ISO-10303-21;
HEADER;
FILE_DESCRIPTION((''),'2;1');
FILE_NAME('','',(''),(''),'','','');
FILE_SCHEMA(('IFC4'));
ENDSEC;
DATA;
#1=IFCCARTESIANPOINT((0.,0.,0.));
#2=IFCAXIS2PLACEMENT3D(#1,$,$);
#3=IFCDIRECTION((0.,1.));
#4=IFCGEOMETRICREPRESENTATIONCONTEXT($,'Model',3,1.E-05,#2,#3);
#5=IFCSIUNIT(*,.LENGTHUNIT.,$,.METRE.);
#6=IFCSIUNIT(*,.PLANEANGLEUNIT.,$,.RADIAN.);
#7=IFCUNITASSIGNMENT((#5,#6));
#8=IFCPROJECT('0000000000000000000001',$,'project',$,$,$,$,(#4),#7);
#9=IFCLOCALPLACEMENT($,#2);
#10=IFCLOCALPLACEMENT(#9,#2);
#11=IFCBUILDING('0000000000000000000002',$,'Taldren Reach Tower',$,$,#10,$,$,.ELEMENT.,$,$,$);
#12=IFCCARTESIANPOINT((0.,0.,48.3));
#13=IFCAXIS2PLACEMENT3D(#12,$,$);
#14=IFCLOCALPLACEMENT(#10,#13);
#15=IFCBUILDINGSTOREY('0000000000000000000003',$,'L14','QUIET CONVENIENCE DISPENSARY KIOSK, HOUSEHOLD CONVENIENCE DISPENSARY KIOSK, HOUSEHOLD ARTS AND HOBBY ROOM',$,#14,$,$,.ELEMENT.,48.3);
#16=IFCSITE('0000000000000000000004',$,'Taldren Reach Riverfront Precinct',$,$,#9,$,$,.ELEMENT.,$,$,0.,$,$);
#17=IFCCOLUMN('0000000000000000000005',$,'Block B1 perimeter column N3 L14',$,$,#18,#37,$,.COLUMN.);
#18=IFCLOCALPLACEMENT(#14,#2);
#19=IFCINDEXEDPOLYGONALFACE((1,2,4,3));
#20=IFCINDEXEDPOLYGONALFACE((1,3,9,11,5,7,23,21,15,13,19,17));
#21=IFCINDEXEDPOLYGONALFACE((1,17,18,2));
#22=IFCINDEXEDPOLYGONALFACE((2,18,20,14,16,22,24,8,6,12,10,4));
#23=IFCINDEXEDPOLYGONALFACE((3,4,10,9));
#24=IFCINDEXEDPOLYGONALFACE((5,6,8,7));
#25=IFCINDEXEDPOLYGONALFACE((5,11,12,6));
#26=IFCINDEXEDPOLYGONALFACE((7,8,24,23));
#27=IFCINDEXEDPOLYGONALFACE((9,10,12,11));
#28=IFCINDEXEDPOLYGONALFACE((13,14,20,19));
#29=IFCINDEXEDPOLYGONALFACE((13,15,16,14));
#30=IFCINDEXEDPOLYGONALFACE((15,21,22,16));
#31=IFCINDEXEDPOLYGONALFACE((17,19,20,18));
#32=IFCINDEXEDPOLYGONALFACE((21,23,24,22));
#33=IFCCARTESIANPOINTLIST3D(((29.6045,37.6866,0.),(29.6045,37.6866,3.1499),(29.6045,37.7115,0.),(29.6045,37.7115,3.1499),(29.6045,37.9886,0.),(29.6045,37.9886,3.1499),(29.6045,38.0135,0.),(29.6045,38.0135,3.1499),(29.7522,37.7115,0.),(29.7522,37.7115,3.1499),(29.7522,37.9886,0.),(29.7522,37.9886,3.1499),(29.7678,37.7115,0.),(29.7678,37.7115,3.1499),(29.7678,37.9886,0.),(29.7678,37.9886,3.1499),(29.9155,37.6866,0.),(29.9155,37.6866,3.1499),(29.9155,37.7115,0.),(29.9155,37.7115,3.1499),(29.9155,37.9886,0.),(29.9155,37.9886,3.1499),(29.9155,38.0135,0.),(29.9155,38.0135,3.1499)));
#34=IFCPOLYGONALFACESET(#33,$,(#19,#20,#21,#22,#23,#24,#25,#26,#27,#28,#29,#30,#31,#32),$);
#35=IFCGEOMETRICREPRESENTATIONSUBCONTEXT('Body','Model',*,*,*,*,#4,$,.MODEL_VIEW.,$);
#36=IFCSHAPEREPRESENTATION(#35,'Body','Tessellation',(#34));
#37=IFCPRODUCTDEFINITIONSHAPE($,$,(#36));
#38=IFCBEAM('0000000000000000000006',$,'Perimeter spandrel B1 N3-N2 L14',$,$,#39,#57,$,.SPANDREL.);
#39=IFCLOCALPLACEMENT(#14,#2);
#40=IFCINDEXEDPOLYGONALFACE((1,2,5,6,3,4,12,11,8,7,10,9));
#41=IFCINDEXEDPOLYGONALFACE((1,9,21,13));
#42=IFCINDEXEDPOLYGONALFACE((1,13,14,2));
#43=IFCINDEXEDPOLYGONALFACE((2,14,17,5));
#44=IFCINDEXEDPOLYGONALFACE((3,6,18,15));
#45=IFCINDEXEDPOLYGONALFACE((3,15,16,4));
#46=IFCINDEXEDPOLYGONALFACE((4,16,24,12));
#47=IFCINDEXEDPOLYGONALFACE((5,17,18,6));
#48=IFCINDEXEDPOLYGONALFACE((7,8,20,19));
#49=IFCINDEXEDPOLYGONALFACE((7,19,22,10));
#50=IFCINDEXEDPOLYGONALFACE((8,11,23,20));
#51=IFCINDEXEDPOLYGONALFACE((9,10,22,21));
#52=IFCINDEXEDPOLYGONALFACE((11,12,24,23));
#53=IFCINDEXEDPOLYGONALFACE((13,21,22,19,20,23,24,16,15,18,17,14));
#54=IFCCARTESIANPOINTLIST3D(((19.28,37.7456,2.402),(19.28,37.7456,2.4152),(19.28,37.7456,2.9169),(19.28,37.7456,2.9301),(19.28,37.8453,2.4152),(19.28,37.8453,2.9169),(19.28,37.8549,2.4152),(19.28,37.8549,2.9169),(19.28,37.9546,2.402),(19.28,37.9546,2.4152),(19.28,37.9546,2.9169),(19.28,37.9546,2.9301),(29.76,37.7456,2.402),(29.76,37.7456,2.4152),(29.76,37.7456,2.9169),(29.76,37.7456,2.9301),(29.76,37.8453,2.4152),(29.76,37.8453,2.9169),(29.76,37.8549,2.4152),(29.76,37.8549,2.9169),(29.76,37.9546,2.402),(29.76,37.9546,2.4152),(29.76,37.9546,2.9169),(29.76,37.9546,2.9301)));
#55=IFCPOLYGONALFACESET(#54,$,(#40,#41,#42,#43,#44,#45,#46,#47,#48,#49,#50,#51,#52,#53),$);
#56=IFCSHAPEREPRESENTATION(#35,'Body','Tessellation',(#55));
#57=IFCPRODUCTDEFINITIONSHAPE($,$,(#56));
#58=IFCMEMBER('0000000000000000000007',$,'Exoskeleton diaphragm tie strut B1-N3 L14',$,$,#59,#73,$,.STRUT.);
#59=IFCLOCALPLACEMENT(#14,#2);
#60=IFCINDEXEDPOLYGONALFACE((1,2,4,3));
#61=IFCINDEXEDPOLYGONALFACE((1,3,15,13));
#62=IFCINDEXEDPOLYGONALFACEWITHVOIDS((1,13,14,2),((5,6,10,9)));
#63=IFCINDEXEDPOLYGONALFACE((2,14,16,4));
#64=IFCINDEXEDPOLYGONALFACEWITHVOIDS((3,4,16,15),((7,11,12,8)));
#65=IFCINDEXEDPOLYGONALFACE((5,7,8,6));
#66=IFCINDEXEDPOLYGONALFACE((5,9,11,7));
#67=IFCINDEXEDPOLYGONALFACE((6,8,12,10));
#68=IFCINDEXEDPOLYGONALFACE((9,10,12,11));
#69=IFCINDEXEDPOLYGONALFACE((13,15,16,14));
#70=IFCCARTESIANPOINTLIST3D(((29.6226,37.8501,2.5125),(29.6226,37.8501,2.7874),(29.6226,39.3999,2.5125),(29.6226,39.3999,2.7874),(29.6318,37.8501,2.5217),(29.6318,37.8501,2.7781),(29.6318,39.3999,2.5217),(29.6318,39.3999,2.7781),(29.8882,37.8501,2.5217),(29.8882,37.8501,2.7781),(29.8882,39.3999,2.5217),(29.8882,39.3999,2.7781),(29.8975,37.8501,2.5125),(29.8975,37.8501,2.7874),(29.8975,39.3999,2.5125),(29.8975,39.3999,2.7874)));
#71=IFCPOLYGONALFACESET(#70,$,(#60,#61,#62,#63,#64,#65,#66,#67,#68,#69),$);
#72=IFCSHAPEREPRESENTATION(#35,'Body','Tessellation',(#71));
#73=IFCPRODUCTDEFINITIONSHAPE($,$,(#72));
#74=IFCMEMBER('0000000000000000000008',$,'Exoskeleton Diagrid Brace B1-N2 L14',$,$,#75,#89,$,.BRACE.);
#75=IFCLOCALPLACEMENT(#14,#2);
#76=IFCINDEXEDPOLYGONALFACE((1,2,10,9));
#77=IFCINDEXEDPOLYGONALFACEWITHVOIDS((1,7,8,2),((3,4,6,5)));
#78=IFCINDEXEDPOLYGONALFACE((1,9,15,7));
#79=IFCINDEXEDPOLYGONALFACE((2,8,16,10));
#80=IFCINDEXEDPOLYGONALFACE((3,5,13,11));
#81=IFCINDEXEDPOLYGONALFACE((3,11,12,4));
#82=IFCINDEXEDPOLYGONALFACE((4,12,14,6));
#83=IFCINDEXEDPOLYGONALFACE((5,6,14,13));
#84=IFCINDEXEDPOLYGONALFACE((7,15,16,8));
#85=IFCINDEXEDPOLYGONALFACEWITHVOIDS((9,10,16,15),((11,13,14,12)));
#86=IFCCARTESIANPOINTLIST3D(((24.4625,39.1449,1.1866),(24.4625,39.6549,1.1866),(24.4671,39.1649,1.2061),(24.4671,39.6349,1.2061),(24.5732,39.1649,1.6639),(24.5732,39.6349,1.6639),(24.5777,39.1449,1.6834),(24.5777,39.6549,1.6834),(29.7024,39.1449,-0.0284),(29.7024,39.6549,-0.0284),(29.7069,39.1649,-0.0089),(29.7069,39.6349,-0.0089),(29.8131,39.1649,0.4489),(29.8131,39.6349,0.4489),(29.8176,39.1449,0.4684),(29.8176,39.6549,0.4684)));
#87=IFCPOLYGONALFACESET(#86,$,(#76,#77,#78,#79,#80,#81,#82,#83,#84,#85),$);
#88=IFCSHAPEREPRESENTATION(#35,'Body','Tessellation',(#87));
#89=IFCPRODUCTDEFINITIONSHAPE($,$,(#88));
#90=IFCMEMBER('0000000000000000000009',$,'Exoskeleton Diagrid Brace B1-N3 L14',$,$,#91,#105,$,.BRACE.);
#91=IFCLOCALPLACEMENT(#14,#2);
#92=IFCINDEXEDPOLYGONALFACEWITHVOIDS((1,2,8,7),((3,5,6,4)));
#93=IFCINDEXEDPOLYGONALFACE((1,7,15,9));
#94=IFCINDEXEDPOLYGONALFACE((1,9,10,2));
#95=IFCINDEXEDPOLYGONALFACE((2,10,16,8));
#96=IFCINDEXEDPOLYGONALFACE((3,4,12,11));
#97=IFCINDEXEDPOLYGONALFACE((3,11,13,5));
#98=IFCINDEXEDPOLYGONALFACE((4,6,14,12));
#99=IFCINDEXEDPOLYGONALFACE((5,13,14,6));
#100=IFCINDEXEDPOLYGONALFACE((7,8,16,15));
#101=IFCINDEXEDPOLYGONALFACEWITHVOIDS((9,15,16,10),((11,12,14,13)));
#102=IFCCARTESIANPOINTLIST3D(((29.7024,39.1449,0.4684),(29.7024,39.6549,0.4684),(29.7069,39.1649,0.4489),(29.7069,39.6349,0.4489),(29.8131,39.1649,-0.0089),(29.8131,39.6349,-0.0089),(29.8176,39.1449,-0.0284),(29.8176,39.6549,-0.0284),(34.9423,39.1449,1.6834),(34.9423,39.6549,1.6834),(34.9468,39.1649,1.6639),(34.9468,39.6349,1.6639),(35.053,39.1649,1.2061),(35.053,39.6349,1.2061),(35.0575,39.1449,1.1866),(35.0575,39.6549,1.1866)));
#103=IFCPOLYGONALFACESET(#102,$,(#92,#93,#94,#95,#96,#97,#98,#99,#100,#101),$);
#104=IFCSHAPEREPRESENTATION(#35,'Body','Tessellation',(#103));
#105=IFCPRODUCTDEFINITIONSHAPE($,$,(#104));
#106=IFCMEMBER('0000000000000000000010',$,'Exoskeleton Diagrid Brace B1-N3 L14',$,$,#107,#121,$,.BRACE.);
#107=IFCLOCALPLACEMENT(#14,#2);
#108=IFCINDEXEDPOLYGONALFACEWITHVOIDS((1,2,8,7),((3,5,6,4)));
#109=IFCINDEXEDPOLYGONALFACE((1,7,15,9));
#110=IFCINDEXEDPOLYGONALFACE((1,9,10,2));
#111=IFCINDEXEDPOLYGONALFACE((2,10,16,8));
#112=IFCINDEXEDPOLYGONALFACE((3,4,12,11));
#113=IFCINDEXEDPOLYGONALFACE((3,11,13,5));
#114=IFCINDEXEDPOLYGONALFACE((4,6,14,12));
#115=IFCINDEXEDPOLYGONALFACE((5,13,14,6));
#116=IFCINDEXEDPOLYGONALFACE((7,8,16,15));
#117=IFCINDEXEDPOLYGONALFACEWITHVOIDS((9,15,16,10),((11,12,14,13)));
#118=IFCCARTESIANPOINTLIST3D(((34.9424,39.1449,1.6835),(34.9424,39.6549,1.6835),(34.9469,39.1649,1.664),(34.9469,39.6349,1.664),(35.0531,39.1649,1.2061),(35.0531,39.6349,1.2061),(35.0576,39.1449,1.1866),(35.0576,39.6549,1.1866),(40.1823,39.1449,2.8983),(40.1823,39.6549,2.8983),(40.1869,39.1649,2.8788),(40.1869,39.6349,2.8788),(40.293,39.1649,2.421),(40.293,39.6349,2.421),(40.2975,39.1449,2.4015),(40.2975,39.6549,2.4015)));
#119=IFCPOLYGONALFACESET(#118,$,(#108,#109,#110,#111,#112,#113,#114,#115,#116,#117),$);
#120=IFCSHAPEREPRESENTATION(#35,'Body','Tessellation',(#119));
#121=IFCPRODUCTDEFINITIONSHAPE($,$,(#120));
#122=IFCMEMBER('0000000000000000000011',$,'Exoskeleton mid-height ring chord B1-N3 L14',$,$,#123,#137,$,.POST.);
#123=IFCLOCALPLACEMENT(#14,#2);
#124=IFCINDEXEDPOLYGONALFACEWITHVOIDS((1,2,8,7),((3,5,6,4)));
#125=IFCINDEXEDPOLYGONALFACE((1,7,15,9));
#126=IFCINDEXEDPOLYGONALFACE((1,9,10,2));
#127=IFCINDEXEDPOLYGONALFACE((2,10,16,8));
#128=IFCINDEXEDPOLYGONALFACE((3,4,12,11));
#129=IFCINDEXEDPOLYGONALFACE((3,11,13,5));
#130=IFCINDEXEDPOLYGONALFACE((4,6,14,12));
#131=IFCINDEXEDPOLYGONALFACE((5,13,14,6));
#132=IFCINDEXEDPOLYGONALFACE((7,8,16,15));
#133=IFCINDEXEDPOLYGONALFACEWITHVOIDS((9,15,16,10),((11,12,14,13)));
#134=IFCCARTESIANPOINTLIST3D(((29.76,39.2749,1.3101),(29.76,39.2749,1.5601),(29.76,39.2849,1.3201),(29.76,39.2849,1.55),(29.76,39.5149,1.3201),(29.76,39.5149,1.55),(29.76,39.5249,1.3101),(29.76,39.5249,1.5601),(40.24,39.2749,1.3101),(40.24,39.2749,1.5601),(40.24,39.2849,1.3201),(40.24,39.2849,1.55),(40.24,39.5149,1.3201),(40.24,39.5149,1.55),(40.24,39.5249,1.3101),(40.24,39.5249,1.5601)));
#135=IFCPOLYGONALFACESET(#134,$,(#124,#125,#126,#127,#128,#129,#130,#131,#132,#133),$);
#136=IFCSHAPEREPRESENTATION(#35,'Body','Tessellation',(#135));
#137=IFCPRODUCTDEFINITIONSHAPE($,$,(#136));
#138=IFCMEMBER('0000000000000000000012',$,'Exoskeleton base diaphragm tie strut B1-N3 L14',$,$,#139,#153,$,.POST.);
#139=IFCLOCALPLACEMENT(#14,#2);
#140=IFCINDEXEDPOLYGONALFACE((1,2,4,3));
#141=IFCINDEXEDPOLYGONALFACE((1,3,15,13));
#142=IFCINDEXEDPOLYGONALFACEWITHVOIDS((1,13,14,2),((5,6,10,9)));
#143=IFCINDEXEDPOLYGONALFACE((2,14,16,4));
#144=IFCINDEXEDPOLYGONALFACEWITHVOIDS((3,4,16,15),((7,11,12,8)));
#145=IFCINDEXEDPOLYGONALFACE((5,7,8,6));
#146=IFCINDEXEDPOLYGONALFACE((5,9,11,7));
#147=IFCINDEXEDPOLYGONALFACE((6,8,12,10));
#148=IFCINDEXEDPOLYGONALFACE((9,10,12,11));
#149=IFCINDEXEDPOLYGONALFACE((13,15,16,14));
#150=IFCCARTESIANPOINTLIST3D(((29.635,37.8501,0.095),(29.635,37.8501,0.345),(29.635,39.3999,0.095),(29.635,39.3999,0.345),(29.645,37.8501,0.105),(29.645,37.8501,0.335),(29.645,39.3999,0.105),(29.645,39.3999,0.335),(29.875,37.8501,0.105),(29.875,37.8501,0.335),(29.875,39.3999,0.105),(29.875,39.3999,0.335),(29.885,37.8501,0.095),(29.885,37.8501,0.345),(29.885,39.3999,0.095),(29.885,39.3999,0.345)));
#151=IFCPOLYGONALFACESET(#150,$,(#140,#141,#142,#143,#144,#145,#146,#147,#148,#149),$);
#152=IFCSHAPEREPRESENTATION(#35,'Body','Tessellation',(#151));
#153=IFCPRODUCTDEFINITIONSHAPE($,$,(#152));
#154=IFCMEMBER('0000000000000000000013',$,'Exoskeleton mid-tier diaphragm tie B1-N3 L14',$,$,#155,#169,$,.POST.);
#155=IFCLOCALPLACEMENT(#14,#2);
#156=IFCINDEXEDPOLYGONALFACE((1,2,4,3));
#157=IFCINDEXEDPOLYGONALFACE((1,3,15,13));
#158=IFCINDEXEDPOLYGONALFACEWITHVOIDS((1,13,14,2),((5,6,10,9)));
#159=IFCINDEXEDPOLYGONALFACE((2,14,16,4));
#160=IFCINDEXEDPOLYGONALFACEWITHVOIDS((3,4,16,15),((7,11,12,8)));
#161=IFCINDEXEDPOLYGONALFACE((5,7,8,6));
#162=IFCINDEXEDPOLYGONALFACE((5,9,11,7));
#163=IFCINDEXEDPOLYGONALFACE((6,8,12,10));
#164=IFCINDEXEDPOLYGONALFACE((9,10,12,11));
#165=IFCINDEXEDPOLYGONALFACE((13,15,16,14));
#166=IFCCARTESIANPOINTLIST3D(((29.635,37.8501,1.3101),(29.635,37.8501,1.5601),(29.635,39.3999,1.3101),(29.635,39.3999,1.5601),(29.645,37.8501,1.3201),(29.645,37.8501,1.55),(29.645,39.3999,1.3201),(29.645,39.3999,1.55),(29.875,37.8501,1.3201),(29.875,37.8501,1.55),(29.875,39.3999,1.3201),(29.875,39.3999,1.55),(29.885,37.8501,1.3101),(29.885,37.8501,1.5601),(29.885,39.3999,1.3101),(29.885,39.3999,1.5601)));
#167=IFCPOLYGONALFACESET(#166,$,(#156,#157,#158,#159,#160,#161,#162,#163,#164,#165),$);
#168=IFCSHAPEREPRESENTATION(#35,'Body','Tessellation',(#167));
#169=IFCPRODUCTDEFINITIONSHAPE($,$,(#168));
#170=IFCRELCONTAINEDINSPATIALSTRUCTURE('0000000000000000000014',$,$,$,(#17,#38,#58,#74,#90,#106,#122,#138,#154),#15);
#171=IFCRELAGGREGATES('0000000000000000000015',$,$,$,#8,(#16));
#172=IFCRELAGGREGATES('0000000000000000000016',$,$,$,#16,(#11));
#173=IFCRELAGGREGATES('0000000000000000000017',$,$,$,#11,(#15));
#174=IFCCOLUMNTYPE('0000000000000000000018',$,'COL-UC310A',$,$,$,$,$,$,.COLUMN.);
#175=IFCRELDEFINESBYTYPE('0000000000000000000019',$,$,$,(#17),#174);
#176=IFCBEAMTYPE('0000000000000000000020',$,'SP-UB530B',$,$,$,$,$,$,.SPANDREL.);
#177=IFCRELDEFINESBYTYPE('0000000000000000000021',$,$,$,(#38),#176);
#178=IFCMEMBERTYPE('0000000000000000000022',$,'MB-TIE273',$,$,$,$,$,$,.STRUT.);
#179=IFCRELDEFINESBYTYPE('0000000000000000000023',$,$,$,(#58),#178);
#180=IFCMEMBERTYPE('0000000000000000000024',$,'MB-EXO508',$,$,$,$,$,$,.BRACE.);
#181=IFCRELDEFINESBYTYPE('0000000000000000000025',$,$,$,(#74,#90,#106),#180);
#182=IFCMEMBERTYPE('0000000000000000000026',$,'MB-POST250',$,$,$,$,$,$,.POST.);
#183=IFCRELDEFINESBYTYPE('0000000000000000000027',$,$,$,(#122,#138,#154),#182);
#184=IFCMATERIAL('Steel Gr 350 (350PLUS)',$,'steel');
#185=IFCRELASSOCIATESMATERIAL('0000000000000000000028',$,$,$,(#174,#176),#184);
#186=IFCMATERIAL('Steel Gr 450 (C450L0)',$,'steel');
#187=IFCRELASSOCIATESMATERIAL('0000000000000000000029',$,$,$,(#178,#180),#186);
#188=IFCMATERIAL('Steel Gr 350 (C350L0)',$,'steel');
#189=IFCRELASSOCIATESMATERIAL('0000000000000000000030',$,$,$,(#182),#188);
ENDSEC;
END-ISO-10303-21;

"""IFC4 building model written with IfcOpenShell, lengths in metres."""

from ifc_helpers import new_model, si_unit, direction, frame, origin, origin_2d, place, context, subcontext, project, spatial, hollow_rectangle, i_section, extrude, source, transform, mapped, material, material_profile, profile_set, type_object, element, save


model = new_model("IFC4")

# Units and contexts
model_context = context("Model", 3, precision=1e-05, world=origin(), true_north=direction((0.0, 1.0)))
body_context = subcontext(model_context, "Body", "Model", "MODEL_VIEW")
ifc_project = project(units=[si_unit("LENGTHUNIT", "METRE"), si_unit("PLANEANGLEUNIT", "RADIAN")], contexts=[model_context])

# Site, building, storey
site_placement = place(None, origin())
site = spatial("IfcSite", under=ifc_project, at=site_placement, Name="Taldren Reach Riverfront Precinct", CompositionType="ELEMENT", RefElevation=0.0)
building_placement = place(site_placement, origin())
building = spatial("IfcBuilding", under=site, at=building_placement, Name="Taldren Reach Tower", CompositionType="ELEMENT")
storey_placement = place(building_placement, frame((0.0, 0.0, 48.3)))
storey = spatial("IfcBuildingStorey", under=building, at=storey_placement, Name="L14", Description="QUIET CONVENIENCE DISPENSARY KIOSK, HOUSEHOLD CONVENIENCE DISPENSARY KIOSK, HOUSEHOLD ARTS AND HOBBY ROOM", CompositionType="ELEMENT", Elevation=48.3)

# Column
ifc_material_1 = material(Name="Steel Gr 350 (350PLUS)", Category="steel")
ifc_material_profile_1 = material_profile(ifc_material_1, i_section(OverallWidth=0.311, OverallDepth=0.3269, WebThickness=0.0156, FlangeThickness=0.0249, at=origin_2d()), Name="310UC158")
ifc_profile_set_1 = profile_set([ifc_material_profile_1], Name="Steel Gr 350 (350PLUS)")
column_type = type_object("IfcColumnType", Name="COL-UC310A", PredefinedType="COLUMN", material=ifc_profile_set_1)
shared_shape_1 = source(origin(), body_context, "Body", "SweptSolid", [
    extrude(i_section(OverallWidth=0.311, OverallDepth=0.3269, WebThickness=0.0156, FlangeThickness=0.0249, at=origin_2d()), origin(), (0.0, 0.0, 1.0), 3.1499),
])
column_placement = place(storey_placement, frame((29.76, 37.8501, 0.0), z_axis=(0.0, 0.0, 1.0), x_axis=(1.0, 0.0, 0.0)))
element("IfcColumn", 1, at=column_placement, inside=storey, type_object=column_type, Name="Block B1 perimeter column N3 L14", PredefinedType="COLUMN", context=body_context, shape_type="MappedRepresentation", body=[
    mapped(shared_shape_1, transform((0.0, 0.0, 0.0), scale=1.0)),
])

# Beam
ifc_material_profile_2 = material_profile(ifc_material_1, i_section(OverallWidth=0.209, OverallDepth=0.5281, WebThickness=0.0095, FlangeThickness=0.0132, at=origin_2d()), Name="530UB82.0")
ifc_profile_set_2 = profile_set([ifc_material_profile_2], Name="Steel Gr 350 (350PLUS)")
beam_type = type_object("IfcBeamType", Name="SP-UB530B", PredefinedType="SPANDREL", material=ifc_profile_set_2)
shared_shape_2 = source(origin(), body_context, "Body", "SweptSolid", [
    extrude(i_section(OverallWidth=0.209, OverallDepth=0.5281, WebThickness=0.0095, FlangeThickness=0.0132, at=origin_2d()), origin(), (0.0, 0.0, 1.0), 10.48),
])
beam_placement = place(storey_placement, frame((29.76, 37.8501, 2.666), z_axis=(-1.0, 0.0, 0.0), x_axis=(0.0, -1.0, 0.0)))
element("IfcBeam", 2, at=beam_placement, inside=storey, type_object=beam_type, Name="Perimeter spandrel B1 N3-N2 L14", PredefinedType="SPANDREL", context=body_context, shape_type="MappedRepresentation", body=[
    mapped(shared_shape_2, transform((0.0, 0.0, 0.0), scale=1.0)),
])

# Members
ifc_material_2 = material(Name="Steel Gr 450 (C450L0)", Category="steel")
ifc_material_profile_3 = material_profile(ifc_material_2, hollow_rectangle(XDim=0.2749, YDim=0.2749, WallThickness=0.0093, at=origin_2d()), Name="275x275x9.3SHS")
ifc_profile_set_3 = profile_set([ifc_material_profile_3], Name="Steel Gr 450 (C450L0)")
member_type_1 = type_object("IfcMemberType", Name="MB-TIE273", PredefinedType="STRUT", material=ifc_profile_set_3)
shared_shape_3 = source(origin(), body_context, "Body", "SweptSolid", [
    extrude(hollow_rectangle(XDim=0.2749, YDim=0.2749, WallThickness=0.0093, at=origin_2d()), origin(), (0.0, 0.0, 1.0), 1.5498),
])
member_1_placement = place(storey_placement, frame((29.76, 37.8501, 2.6499), z_axis=(0.0, 1.0, 0.0), x_axis=(-1.0, 0.0, 0.0)))
element("IfcMember", 3, at=member_1_placement, inside=storey, type_object=member_type_1, Name="Exoskeleton diaphragm tie strut B1-N3 L14", PredefinedType="STRUT", context=body_context, shape_type="MappedRepresentation", body=[
    mapped(shared_shape_3, transform((0.0, 0.0, 0.0), scale=1.0)),
])
ifc_material_profile_4 = material_profile(ifc_material_2, hollow_rectangle(XDim=0.51, YDim=0.51, WallThickness=0.02, at=origin_2d()), Name="510x510x20.0SHS")
ifc_profile_set_4 = profile_set([ifc_material_profile_4], Name="Steel Gr 450 (C450L0)")
member_type_2 = type_object("IfcMemberType", Name="MB-EXO508", PredefinedType="BRACE", material=ifc_profile_set_4)
shared_shape_4 = source(origin(), body_context, "Body", "SweptSolid", [
    extrude(hollow_rectangle(XDim=0.51, YDim=0.51, WallThickness=0.02, at=origin_2d()), origin(), (0.0, 0.0, 1.0), 5.3789),
])
for number, where, z_axis, x_axis, name in (
    (4, (29.76, 39.3999, 0.22), (-0.974152, 0.0, 0.225894), (0.0, -1.0, 0.0), "Exoskeleton Diagrid Brace B1-N2 L14"),
    (5, (29.76, 39.3999, 0.22), (0.974152, 0.0, 0.225894), (0.0, 1.0, 0.0), "Exoskeleton Diagrid Brace B1-N3 L14"),
    (6, (35.0, 39.3999, 1.4351), (0.974162, 0.0, 0.225851), (0.0, 1.0, 0.0), "Exoskeleton Diagrid Brace B1-N3 L14"),
):
    element("IfcMember", number, at=place(storey_placement, frame(where, z_axis=z_axis, x_axis=x_axis)), inside=storey, type_object=member_type_2, Name=name, PredefinedType="BRACE", context=body_context, shape_type="MappedRepresentation", body=[
        mapped(shared_shape_4, transform((0.0, 0.0, 0.0), scale=1.0)),
    ])
ifc_material_3 = material(Name="Steel Gr 350 (C350L0)", Category="steel")
ifc_material_profile_5 = material_profile(ifc_material_3, hollow_rectangle(XDim=0.25, YDim=0.25, WallThickness=0.01, at=origin_2d()), Name="250x250x10.0SHS")
ifc_profile_set_5 = profile_set([ifc_material_profile_5], Name="Steel Gr 350 (C350L0)")
member_type_3 = type_object("IfcMemberType", Name="MB-POST250", PredefinedType="POST", material=ifc_profile_set_5)
shared_shape_5 = source(origin(), body_context, "Body", "SweptSolid", [
    extrude(hollow_rectangle(XDim=0.25, YDim=0.25, WallThickness=0.01, at=origin_2d()), origin(), (0.0, 0.0, 1.0), 10.48),
])
member_2_placement = place(storey_placement, frame((29.76, 39.3999, 1.4351), z_axis=(1.0, 0.0, 0.0), x_axis=(0.0, 1.0, 0.0)))
element("IfcMember", 7, at=member_2_placement, inside=storey, type_object=member_type_3, Name="Exoskeleton mid-height ring chord B1-N3 L14", PredefinedType="POST", context=body_context, shape_type="MappedRepresentation", body=[
    mapped(shared_shape_5, transform((0.0, 0.0, 0.0), scale=1.0)),
])
shared_shape_6 = source(origin(), body_context, "Body", "SweptSolid", [
    extrude(hollow_rectangle(XDim=0.25, YDim=0.25, WallThickness=0.01, at=origin_2d()), origin(), (0.0, 0.0, 1.0), 1.5498),
])
for number, where, z_axis, x_axis, name in (
    (8, (29.76, 37.8501, 0.22), (0.0, 1.0, 0.0), (-1.0, 0.0, 0.0), "Exoskeleton base diaphragm tie strut B1-N3 L14"),
    (9, (29.76, 37.8501, 1.4351), (0.0, 1.0, 0.0), (-1.0, 0.0, 0.0), "Exoskeleton mid-tier diaphragm tie B1-N3 L14"),
):
    element("IfcMember", number, at=place(storey_placement, frame(where, z_axis=z_axis, x_axis=x_axis)), inside=storey, type_object=member_type_3, Name=name, PredefinedType="POST", context=body_context, shape_type="MappedRepresentation", body=[
        mapped(shared_shape_6, transform((0.0, 0.0, 0.0), scale=1.0)),
    ])

save(model, "model.ifc")
